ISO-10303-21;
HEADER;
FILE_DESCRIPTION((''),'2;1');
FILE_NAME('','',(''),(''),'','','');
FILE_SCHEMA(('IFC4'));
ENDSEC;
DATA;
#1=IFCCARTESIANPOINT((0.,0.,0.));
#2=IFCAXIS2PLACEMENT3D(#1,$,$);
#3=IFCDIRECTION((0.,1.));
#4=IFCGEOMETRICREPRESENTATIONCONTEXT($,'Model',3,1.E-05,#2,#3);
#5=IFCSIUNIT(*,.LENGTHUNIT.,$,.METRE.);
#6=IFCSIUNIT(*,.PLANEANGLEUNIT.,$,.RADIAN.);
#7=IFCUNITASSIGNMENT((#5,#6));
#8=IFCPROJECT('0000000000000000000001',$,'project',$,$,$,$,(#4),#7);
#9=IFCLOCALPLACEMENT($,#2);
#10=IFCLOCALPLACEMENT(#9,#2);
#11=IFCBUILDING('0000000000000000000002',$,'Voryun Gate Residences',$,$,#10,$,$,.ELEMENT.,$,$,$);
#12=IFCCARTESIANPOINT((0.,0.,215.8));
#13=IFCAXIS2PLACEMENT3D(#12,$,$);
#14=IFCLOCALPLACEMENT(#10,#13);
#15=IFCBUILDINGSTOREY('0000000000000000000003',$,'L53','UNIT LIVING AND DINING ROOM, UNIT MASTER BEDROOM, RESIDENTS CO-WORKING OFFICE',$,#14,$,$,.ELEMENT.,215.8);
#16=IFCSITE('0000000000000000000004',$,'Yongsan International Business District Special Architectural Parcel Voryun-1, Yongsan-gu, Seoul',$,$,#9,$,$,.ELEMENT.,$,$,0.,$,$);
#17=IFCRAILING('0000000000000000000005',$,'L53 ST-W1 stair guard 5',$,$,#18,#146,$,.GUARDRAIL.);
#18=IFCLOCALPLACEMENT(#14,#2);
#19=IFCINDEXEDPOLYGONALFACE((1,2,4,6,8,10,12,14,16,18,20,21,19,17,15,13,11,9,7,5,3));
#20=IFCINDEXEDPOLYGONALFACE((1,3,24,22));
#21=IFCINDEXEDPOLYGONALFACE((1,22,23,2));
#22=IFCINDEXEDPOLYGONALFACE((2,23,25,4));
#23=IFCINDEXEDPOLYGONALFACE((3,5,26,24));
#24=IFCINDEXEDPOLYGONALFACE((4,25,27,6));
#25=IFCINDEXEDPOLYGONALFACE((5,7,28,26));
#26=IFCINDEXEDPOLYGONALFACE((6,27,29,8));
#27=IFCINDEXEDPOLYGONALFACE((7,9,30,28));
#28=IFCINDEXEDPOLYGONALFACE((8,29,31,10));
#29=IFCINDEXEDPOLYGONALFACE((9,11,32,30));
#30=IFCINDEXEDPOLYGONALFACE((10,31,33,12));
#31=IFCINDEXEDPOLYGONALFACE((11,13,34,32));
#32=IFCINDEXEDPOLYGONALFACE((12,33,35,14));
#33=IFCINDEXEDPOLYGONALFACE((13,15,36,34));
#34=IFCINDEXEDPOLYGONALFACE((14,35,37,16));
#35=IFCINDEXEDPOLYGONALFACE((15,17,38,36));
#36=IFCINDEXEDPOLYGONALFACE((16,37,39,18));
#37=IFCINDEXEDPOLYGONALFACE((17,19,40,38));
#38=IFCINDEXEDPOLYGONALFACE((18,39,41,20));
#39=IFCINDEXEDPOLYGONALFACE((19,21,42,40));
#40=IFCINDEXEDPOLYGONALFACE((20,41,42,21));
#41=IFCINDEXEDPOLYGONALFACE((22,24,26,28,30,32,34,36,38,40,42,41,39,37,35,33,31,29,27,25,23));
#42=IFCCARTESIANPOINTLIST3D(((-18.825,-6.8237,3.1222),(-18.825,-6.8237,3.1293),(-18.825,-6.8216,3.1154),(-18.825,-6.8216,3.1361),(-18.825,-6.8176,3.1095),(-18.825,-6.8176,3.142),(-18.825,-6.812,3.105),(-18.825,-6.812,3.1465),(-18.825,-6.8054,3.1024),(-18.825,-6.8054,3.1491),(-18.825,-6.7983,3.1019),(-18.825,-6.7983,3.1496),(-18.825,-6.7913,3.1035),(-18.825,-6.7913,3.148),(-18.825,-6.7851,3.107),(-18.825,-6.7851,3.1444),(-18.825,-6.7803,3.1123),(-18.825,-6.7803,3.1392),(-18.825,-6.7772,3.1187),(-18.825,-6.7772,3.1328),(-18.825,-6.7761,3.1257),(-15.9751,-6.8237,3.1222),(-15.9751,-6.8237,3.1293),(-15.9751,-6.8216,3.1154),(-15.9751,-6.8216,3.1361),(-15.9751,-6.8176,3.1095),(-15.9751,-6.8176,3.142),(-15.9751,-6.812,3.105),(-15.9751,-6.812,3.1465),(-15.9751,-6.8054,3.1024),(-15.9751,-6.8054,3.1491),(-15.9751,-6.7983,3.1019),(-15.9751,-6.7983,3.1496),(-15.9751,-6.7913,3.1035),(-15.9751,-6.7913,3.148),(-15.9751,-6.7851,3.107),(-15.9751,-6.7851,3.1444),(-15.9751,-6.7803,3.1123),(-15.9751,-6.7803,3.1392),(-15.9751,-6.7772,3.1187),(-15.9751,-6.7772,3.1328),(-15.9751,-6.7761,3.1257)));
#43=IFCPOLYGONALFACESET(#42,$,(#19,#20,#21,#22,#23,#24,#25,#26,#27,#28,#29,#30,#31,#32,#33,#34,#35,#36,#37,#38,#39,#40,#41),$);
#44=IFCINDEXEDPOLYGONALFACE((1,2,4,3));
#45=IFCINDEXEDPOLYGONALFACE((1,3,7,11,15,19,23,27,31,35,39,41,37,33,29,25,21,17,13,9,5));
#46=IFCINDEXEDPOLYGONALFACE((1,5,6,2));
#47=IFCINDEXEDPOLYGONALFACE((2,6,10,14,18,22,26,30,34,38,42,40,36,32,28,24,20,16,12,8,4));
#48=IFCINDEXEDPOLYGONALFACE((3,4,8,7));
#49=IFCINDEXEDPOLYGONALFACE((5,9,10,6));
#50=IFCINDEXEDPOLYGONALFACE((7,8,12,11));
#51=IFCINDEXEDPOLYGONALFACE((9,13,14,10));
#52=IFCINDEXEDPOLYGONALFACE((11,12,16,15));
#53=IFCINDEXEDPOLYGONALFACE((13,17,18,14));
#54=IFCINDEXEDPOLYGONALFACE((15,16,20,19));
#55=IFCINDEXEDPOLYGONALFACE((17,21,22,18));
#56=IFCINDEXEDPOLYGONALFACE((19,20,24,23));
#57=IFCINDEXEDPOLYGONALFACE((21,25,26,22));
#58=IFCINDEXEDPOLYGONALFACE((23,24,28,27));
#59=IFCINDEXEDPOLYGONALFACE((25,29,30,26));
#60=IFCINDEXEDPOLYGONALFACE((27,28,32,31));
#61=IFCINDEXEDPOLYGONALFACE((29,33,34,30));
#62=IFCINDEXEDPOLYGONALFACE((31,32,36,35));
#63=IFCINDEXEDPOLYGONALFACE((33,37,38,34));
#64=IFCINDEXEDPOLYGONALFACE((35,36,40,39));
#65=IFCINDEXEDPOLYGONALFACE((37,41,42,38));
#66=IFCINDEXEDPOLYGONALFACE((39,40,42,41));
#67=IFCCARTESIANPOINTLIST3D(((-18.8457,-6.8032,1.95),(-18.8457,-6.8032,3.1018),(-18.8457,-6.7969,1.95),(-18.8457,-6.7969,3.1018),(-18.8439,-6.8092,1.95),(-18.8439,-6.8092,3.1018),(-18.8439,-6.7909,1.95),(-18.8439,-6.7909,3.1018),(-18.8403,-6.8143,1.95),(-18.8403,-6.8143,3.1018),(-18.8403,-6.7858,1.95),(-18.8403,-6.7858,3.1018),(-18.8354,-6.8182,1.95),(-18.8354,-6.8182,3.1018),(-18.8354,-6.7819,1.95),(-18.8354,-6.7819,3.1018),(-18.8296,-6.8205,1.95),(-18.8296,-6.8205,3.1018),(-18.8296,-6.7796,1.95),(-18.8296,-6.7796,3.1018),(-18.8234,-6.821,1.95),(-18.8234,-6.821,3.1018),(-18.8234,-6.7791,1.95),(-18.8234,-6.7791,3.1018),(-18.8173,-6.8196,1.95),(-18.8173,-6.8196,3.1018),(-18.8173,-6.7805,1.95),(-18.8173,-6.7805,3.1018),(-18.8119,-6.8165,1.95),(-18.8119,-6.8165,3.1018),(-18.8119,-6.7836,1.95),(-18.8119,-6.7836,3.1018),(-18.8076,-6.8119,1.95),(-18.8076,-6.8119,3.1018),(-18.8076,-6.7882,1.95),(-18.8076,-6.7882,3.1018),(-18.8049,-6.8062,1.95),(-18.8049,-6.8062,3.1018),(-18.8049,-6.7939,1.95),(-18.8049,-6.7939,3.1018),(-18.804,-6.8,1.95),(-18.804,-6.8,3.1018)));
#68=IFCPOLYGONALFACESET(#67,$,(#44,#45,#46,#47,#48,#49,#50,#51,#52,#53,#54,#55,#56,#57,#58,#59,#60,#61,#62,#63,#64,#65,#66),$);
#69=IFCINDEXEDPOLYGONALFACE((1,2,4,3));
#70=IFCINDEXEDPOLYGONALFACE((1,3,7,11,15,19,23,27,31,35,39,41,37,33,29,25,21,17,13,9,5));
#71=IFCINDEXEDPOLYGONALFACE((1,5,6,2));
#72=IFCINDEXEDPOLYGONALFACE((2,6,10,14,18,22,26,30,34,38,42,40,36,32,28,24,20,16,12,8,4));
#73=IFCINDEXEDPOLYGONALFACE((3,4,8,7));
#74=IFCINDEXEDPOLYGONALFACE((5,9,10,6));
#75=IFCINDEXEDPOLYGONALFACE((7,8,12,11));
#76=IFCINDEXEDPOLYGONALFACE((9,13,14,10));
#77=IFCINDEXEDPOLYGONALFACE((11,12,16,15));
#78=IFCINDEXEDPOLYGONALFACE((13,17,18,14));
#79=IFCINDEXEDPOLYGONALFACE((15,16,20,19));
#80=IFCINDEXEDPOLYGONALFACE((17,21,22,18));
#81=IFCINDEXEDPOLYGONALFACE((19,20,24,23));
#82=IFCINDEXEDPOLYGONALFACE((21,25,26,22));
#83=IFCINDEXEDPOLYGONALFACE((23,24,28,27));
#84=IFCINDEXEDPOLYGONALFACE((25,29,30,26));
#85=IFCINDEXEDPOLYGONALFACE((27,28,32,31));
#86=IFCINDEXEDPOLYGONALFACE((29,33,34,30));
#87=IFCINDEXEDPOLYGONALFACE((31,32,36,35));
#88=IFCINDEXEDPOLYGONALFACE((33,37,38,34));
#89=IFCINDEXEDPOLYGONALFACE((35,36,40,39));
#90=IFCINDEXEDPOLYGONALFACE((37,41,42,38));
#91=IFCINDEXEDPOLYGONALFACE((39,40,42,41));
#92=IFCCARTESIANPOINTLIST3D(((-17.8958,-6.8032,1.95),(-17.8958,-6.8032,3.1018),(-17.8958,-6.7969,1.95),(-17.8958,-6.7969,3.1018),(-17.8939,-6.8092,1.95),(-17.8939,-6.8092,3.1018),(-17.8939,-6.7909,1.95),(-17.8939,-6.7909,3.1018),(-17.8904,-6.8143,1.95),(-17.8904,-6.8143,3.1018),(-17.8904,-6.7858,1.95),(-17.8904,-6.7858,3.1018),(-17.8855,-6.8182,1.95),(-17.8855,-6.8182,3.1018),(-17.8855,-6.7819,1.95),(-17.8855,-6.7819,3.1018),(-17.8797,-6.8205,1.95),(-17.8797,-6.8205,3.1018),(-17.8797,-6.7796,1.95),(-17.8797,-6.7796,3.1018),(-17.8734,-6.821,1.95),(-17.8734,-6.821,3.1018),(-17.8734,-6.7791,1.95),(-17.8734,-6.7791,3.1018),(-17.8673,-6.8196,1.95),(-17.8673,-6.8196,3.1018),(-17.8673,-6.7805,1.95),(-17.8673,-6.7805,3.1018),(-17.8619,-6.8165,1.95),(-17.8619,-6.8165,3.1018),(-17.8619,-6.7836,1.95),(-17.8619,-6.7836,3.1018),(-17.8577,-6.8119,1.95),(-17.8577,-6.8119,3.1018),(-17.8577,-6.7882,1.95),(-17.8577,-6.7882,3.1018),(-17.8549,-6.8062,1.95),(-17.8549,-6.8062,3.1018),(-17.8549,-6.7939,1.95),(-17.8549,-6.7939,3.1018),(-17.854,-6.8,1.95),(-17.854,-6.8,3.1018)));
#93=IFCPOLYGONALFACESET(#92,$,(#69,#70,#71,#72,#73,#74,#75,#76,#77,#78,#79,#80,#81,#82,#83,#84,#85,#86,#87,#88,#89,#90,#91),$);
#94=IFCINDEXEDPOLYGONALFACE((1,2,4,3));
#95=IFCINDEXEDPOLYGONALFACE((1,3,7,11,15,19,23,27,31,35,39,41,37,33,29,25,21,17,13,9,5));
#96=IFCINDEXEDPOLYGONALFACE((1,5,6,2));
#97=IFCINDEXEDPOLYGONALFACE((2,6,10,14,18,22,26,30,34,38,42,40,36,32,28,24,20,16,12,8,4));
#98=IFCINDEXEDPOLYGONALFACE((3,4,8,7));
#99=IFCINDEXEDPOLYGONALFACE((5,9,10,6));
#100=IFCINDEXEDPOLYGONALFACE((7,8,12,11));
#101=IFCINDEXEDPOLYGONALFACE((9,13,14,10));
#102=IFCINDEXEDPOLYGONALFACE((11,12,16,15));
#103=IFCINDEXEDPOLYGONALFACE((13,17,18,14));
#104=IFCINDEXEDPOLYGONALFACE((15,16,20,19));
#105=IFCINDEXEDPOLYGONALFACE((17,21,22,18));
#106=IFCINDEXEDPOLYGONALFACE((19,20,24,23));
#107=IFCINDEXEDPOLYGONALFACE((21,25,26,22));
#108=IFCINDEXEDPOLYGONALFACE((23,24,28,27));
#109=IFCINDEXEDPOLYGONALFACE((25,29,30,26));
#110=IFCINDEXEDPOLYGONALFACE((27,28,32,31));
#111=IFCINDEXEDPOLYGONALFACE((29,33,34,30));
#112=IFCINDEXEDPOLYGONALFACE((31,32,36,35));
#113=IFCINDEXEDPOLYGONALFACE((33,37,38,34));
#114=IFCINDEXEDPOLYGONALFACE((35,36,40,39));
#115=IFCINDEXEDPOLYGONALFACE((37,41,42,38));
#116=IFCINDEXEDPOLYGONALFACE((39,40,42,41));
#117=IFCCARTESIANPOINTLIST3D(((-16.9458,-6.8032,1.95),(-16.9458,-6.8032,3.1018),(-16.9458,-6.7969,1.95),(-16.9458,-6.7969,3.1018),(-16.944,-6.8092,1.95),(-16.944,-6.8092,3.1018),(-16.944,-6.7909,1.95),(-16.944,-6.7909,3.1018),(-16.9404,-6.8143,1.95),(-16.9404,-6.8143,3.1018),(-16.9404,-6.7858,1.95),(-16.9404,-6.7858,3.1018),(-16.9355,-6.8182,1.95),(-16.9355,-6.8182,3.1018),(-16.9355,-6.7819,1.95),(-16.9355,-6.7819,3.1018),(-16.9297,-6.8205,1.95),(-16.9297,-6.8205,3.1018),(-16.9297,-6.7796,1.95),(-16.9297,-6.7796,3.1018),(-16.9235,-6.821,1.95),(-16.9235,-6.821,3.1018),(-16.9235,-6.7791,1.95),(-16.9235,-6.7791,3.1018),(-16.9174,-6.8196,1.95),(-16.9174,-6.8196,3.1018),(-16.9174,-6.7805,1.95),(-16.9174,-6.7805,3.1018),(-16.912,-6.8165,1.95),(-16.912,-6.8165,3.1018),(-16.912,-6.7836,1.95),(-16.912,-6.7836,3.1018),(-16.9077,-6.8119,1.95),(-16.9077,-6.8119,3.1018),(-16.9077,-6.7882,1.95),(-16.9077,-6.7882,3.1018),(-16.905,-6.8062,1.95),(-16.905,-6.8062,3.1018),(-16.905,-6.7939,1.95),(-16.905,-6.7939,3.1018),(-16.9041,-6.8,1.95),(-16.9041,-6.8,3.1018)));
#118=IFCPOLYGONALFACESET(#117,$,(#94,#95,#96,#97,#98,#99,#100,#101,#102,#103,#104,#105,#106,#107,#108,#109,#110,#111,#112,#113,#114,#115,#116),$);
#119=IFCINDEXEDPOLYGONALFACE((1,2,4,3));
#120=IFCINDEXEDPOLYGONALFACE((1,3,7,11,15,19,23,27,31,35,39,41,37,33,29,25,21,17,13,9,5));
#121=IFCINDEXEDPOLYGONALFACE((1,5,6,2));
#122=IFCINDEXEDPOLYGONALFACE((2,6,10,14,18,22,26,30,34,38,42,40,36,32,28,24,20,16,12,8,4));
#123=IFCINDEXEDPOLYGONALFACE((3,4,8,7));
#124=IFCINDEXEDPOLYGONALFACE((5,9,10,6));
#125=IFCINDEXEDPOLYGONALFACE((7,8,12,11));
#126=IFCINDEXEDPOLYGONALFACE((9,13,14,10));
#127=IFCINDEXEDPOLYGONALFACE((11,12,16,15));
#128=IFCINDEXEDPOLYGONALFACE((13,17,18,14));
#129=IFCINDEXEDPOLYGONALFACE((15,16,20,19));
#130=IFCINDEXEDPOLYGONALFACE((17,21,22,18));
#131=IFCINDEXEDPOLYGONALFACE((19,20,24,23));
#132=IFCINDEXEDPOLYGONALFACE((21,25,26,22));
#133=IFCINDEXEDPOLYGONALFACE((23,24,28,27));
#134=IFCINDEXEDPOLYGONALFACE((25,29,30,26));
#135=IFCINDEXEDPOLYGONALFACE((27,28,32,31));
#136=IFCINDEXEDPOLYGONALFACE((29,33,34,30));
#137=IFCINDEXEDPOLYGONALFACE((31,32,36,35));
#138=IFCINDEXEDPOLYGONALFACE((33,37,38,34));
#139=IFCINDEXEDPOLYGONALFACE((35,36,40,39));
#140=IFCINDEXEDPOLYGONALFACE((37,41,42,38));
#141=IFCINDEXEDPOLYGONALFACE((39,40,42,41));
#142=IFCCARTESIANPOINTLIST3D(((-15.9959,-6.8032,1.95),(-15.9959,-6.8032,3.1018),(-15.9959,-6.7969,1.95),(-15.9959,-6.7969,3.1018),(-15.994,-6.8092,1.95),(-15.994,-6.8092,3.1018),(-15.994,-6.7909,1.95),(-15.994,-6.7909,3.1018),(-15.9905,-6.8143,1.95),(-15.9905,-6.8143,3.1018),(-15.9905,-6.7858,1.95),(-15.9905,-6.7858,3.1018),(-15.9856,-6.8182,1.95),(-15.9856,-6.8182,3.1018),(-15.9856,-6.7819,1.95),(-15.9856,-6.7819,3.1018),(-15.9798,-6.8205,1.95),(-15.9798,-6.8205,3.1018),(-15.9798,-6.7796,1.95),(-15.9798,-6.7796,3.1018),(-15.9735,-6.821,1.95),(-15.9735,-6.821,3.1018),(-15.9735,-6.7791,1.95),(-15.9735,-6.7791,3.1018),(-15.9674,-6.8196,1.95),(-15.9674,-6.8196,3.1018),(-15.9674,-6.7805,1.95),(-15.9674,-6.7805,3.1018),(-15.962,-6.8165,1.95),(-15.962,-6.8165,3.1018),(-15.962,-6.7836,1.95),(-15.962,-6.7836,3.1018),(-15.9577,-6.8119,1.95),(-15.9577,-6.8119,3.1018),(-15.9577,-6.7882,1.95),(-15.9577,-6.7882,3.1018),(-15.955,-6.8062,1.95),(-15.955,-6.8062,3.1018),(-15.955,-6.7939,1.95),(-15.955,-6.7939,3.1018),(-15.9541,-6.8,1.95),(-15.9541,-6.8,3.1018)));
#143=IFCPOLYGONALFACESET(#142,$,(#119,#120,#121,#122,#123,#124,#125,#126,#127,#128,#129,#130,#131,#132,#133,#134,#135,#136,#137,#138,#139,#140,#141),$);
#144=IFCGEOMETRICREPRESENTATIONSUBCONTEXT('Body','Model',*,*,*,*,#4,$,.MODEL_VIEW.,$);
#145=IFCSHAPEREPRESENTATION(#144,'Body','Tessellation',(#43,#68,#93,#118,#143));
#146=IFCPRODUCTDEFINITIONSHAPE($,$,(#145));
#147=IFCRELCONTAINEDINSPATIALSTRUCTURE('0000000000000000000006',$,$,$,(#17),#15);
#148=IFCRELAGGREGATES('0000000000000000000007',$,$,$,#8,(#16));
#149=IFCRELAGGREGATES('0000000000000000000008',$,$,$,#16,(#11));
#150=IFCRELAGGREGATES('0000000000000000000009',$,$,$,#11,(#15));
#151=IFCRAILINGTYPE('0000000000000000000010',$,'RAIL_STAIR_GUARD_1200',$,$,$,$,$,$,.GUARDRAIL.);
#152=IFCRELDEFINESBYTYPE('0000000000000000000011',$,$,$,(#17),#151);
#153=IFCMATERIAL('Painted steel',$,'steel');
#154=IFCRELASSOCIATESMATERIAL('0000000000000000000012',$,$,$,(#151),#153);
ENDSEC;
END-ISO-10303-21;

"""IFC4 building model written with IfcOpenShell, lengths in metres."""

from ifc_helpers import new_model, si_unit, direction, frame, origin, origin_2d, place, context, subcontext, project, spatial, circle, extrude, material, type_object, element, save


model = new_model("IFC4")

# Units and contexts
model_context = context("Model", 3, precision=1e-05, world=origin(), true_north=direction((0.0, 1.0)))
body_context = subcontext(model_context, "Body", "Model", "MODEL_VIEW")
ifc_project = project(units=[si_unit("LENGTHUNIT", "METRE"), si_unit("PLANEANGLEUNIT", "RADIAN")], contexts=[model_context])

# Site, building, storey
site_placement = place(None, origin())
site = spatial("IfcSite", under=ifc_project, at=site_placement, Name="Yongsan International Business District Special Architectural Parcel Voryun-1, Yongsan-gu, Seoul", CompositionType="ELEMENT", RefElevation=0.0)
building_placement = place(site_placement, origin())
building = spatial("IfcBuilding", under=site, at=building_placement, Name="Voryun Gate Residences", CompositionType="ELEMENT")
storey_placement = place(building_placement, frame((0.0, 0.0, 215.8)))
storey = spatial("IfcBuildingStorey", under=building, at=storey_placement, Name="L53", Description="UNIT LIVING AND DINING ROOM, UNIT MASTER BEDROOM, RESIDENTS CO-WORKING OFFICE", CompositionType="ELEMENT", Elevation=215.8)

# Railing
ifc_material_1 = material(Name="Painted steel", Category="steel")
railing_type_1 = type_object("IfcRailingType", Name="RAIL_STAIR_GUARD_1200", PredefinedType="GUARDRAIL", material=ifc_material_1)
railing_1_placement = place(storey_placement, frame((-18.825, -6.8, 1.95)))
element("IfcRailing", 1, at=railing_1_placement, inside=storey, type_object=railing_type_1, Name="L53 ST-W1 stair guard 5", PredefinedType="GUARDRAIL", context=body_context, shape_type="SweptSolid", body=[
    extrude(circle(Radius=0.0239, at=origin_2d()), frame((0.0, 0.0, 1.1758), z_axis=(1.0, 0.0, 0.0), x_axis=(0.0, 1.0, 0.0)), (0.0, 0.0, 1.0), 2.8499),
    extrude(circle(Radius=0.021, at=origin_2d()), origin(), (0.0, 0.0, 1.0), 1.1519),
    extrude(circle(Radius=0.021, at=origin_2d()), frame((0.95, 0.0, 0.0)), (0.0, 0.0, 1.0), 1.1519),
    extrude(circle(Radius=0.021, at=origin_2d()), frame((1.8999, 0.0, 0.0)), (0.0, 0.0, 1.0), 1.1519),
    extrude(circle(Radius=0.021, at=origin_2d()), frame((2.8499, 0.0, 0.0)), (0.0, 0.0, 1.0), 1.1519),
])

save(model, "model.ifc")
